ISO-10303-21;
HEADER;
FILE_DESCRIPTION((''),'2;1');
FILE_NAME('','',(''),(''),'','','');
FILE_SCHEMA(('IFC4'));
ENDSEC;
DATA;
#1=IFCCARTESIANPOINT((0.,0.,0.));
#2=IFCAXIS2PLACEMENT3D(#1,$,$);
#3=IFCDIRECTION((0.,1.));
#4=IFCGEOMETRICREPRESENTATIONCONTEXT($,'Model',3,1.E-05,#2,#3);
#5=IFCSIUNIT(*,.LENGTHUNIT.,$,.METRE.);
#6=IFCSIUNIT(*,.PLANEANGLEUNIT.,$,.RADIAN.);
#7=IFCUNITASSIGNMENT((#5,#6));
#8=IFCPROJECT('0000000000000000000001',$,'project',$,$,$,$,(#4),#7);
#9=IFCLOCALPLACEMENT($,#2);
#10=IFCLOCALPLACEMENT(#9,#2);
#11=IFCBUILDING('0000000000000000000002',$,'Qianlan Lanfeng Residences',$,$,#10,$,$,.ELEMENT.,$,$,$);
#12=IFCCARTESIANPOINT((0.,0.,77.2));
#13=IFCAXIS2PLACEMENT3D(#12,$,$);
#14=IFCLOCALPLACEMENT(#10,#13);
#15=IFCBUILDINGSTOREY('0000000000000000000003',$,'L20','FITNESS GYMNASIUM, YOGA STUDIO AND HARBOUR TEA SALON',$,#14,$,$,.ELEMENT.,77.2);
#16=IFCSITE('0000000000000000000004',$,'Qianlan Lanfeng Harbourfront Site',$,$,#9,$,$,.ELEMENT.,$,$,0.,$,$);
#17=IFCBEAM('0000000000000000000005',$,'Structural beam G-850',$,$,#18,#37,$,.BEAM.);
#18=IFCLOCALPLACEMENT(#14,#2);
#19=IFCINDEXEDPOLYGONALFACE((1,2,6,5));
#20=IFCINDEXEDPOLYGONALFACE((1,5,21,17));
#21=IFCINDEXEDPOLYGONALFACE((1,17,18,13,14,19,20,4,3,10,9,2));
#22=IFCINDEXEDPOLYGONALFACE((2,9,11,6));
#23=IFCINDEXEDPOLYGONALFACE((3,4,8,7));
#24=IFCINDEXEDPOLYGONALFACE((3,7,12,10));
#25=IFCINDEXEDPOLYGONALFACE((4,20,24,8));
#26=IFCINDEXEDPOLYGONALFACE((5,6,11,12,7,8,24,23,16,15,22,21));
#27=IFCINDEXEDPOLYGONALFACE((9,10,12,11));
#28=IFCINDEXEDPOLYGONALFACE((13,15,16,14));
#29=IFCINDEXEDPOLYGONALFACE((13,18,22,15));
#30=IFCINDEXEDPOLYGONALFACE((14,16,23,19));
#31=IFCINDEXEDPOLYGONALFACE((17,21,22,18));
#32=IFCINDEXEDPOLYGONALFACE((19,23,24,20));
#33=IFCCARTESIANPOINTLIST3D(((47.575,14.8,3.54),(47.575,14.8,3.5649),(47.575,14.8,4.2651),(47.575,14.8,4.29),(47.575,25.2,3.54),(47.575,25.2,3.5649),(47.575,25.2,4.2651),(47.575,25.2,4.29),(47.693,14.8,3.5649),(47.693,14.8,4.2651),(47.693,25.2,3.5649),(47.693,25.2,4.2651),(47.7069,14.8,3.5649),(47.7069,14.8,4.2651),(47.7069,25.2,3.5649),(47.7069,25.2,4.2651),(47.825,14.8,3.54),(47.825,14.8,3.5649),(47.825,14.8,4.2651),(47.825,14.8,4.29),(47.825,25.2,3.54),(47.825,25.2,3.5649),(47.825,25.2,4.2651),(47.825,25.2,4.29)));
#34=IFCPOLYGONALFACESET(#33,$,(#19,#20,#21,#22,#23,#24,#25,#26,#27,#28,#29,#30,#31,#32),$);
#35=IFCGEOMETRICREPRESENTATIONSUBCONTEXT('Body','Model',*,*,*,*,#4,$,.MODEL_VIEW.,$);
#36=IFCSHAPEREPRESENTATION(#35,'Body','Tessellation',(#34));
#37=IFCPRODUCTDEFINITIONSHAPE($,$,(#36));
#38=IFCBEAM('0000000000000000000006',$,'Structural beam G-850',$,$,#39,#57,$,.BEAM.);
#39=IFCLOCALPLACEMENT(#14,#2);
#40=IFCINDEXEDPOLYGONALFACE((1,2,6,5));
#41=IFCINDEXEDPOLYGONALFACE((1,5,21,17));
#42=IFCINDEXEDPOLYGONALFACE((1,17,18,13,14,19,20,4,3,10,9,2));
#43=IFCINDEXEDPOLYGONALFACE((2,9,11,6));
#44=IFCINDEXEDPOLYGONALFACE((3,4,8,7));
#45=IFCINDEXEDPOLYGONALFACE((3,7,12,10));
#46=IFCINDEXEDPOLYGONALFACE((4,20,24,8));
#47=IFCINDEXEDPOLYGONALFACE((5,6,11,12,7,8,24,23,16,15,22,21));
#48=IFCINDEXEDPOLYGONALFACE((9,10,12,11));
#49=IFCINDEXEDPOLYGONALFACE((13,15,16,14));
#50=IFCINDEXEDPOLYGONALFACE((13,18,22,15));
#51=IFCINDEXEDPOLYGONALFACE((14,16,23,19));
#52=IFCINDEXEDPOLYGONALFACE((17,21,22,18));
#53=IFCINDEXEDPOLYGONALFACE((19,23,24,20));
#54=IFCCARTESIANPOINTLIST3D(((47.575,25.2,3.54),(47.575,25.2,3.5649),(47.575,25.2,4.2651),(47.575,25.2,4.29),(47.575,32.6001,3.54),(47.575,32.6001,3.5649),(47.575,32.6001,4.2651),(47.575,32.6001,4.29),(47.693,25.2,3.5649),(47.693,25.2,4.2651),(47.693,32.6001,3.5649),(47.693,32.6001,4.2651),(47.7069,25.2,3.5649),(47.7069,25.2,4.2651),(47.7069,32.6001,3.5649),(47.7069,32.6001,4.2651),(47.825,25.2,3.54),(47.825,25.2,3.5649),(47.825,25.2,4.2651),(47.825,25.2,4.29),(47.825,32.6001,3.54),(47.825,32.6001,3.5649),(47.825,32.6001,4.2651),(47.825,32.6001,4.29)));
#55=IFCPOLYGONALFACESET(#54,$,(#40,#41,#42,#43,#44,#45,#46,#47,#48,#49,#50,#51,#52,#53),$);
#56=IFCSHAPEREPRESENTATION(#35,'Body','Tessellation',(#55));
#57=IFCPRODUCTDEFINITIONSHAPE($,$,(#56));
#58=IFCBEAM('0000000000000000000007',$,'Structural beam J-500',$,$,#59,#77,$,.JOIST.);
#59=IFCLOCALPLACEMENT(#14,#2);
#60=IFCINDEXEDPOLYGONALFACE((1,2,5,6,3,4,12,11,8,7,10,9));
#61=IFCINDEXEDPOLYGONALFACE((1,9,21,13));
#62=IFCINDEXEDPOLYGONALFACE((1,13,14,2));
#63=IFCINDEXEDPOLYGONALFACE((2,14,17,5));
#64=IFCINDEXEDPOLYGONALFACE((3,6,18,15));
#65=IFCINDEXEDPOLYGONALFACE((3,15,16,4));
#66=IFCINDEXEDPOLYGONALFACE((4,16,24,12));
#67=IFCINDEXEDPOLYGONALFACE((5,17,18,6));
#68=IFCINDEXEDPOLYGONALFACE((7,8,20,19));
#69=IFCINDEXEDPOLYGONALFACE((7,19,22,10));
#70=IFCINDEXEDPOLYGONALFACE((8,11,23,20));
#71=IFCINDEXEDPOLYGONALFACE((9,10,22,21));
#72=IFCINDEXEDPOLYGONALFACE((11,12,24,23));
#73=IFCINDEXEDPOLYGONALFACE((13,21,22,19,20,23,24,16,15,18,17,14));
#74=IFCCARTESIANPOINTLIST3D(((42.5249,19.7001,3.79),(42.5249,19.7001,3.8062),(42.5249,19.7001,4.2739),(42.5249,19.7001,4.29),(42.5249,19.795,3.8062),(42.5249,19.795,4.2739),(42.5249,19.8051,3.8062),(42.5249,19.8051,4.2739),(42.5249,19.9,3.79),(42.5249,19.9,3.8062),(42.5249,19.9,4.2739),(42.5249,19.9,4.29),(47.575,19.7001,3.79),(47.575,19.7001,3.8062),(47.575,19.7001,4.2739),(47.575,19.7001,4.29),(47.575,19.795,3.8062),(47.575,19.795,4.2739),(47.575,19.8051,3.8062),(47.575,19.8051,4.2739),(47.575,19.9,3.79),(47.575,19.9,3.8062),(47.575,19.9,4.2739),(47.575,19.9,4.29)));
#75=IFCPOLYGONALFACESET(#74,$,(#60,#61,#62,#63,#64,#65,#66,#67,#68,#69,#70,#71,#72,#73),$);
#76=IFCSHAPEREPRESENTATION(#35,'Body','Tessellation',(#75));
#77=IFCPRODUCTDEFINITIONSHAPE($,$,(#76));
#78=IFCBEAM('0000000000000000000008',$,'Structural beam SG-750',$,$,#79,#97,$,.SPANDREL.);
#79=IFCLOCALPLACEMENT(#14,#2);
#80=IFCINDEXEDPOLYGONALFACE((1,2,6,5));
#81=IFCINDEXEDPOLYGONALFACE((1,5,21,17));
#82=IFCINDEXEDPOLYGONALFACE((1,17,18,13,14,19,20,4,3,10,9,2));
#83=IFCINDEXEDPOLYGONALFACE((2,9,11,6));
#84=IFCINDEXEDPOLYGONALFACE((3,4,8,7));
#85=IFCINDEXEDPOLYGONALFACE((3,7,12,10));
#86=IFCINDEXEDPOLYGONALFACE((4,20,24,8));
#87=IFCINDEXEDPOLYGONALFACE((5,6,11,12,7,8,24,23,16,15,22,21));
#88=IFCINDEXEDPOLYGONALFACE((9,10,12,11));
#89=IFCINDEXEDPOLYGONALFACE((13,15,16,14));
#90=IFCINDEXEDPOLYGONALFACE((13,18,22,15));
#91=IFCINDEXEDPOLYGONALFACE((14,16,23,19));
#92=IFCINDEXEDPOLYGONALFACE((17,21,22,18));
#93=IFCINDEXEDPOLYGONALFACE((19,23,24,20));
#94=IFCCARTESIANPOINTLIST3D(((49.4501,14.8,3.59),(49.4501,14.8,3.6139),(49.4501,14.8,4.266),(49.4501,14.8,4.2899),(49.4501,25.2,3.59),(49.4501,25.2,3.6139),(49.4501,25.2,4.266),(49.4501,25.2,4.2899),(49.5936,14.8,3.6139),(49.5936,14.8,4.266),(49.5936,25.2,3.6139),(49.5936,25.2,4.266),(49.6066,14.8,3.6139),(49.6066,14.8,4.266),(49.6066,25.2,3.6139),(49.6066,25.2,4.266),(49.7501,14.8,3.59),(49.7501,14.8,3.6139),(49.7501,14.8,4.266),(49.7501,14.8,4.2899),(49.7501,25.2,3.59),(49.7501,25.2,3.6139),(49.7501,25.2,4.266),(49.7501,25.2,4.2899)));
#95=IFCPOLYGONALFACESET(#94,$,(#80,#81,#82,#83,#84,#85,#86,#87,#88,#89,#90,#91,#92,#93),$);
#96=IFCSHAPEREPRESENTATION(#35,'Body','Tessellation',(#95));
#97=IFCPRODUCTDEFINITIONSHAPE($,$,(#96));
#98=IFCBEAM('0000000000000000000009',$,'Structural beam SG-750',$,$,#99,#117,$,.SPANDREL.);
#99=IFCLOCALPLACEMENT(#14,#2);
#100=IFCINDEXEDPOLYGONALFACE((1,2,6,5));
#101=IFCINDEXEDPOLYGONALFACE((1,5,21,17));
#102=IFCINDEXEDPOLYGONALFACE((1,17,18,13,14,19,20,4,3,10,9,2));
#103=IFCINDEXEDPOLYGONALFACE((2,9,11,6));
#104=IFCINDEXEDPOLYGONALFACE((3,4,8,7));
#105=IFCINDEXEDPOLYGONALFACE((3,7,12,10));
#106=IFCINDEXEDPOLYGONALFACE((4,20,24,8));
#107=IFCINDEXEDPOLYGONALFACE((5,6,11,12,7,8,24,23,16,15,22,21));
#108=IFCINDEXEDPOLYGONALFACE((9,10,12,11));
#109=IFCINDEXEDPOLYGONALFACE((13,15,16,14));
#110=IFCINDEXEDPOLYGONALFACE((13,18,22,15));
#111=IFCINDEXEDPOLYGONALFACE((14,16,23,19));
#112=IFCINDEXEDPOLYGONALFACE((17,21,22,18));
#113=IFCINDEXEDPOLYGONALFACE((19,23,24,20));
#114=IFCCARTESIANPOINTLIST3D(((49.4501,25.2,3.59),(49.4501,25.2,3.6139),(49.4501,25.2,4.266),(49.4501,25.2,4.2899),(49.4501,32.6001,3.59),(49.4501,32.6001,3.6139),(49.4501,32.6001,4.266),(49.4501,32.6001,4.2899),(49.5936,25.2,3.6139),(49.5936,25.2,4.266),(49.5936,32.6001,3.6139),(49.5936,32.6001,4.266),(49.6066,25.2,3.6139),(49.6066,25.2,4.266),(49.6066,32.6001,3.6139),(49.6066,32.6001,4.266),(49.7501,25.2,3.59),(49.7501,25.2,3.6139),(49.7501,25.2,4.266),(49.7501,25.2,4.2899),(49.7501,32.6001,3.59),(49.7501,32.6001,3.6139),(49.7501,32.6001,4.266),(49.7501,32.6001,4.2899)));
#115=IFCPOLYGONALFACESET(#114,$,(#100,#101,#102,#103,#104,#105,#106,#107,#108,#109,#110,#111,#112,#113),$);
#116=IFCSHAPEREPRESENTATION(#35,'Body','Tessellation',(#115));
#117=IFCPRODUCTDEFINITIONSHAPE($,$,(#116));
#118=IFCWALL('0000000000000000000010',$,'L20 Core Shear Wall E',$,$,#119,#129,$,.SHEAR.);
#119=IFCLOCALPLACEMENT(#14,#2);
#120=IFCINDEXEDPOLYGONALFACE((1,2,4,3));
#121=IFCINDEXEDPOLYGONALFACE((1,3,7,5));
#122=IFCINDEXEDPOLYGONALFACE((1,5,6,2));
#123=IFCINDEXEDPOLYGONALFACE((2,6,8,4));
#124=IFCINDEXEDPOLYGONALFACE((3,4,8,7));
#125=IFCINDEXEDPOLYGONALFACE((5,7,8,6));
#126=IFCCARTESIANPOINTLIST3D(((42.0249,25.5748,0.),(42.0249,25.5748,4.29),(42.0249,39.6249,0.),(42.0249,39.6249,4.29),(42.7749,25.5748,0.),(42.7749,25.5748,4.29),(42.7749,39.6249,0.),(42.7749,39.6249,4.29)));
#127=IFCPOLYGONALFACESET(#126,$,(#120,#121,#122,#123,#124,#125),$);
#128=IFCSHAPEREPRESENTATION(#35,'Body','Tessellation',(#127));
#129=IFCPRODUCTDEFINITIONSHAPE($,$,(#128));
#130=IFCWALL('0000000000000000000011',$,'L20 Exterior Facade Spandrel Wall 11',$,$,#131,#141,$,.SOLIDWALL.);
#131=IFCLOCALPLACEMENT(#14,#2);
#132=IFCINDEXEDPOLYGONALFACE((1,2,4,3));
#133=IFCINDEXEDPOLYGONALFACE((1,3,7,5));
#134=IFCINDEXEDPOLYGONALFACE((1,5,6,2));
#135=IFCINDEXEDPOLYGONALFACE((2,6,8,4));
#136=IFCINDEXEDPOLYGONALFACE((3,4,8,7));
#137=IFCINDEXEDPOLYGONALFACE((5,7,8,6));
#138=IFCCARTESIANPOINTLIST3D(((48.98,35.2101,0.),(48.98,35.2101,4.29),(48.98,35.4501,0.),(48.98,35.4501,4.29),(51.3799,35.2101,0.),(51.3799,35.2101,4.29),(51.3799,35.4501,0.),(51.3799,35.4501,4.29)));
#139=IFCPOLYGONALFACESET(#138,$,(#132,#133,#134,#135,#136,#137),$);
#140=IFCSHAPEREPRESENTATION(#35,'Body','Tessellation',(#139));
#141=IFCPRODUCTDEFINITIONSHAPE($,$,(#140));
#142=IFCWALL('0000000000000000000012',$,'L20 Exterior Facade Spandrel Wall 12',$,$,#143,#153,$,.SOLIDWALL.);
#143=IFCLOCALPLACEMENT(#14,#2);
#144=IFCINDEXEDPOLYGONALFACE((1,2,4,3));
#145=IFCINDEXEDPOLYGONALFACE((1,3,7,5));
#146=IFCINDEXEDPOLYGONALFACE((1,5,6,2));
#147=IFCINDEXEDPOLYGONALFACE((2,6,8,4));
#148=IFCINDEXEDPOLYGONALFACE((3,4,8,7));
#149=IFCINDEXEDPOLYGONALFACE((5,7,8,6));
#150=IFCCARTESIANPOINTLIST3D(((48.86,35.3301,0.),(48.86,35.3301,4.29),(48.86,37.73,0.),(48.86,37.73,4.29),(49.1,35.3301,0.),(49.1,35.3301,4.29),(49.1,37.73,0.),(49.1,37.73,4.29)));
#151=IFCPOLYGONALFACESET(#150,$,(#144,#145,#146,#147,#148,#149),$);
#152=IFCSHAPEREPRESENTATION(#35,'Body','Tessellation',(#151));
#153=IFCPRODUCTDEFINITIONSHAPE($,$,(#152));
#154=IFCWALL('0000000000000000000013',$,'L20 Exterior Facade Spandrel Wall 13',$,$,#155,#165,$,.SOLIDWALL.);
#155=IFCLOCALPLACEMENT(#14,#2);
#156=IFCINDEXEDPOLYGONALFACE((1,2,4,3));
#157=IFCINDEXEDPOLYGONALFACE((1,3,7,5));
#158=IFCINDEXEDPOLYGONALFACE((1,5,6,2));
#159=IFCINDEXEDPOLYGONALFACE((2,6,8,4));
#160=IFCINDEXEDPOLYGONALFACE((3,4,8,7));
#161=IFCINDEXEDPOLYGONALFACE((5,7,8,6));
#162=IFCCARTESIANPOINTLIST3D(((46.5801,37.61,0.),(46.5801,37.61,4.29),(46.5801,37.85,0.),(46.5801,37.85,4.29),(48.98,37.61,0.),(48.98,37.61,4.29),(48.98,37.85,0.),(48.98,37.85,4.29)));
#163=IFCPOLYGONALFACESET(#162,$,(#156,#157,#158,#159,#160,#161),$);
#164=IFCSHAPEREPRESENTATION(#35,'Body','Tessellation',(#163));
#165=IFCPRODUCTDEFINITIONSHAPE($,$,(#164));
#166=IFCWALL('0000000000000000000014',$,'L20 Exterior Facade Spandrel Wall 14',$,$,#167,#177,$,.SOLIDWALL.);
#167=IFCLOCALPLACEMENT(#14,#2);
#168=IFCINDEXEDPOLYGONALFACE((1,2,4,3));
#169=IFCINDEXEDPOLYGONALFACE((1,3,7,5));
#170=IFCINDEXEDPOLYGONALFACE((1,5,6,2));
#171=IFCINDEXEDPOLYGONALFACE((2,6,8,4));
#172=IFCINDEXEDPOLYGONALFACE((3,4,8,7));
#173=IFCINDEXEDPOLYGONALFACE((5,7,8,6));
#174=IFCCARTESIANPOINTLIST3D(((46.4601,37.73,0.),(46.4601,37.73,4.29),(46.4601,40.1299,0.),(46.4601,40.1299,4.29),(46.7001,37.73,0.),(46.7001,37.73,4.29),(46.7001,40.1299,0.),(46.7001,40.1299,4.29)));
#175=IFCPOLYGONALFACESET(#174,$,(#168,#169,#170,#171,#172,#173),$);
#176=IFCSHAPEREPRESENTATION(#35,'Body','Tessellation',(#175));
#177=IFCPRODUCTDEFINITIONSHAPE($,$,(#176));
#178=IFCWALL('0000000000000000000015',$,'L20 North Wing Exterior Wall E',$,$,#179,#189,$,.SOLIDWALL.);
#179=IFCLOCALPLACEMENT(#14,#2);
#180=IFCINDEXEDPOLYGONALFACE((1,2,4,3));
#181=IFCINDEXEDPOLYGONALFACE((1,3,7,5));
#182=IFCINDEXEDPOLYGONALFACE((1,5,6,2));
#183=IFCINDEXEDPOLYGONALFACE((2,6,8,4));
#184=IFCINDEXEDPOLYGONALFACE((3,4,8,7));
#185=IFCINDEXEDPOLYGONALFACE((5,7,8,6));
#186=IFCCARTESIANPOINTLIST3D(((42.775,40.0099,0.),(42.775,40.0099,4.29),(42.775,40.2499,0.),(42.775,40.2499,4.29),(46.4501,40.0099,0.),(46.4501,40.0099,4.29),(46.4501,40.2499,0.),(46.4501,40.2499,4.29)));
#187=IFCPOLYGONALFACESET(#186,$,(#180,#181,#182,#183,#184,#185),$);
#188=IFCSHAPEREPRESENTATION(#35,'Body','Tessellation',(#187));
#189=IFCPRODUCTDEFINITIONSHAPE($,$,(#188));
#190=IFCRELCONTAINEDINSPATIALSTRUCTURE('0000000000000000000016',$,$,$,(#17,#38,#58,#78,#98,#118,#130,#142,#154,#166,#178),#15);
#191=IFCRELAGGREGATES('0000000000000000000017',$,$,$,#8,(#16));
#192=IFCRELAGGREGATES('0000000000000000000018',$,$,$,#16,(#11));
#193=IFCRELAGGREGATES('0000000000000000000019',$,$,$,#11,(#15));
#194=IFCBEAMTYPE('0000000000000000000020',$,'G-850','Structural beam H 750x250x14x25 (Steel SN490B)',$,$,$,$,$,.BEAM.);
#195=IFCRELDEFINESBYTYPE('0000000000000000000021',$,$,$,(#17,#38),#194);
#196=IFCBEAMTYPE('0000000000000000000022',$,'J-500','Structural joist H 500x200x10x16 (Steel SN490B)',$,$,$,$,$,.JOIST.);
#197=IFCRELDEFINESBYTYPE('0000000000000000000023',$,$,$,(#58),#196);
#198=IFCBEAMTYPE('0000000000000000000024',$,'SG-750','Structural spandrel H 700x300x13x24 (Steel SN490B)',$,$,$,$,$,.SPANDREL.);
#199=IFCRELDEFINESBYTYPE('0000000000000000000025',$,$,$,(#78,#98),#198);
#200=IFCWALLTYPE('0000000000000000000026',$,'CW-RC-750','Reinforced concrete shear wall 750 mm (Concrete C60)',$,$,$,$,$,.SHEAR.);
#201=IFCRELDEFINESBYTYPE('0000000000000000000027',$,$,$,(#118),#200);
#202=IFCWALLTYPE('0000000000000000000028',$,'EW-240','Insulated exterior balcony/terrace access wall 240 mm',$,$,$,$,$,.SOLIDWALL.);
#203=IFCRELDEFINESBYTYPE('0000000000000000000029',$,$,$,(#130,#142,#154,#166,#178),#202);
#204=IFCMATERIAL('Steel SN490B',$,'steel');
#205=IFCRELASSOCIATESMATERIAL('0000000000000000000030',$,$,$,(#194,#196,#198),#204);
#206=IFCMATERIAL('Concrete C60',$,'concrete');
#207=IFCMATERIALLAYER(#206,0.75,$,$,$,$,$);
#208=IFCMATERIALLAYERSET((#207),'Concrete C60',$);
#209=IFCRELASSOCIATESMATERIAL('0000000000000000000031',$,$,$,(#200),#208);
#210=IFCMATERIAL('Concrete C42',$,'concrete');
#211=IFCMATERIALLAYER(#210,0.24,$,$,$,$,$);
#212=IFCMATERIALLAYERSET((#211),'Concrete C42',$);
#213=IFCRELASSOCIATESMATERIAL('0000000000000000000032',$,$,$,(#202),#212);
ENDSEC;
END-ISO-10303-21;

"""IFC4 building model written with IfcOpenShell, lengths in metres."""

from ifc_helpers import new_model, si_unit, direction, frame, frame_2d, origin, origin_2d, place, context, subcontext, project, spatial, rectangle, i_section, extrude, material, layer, layer_set, material_profile, profile_set, type_object, element, save


model = new_model("IFC4")

# Units and contexts
model_context = context("Model", 3, precision=1e-05, world=origin(), true_north=direction((0.0, 1.0)))
body_context = subcontext(model_context, "Body", "Model", "MODEL_VIEW")
ifc_project = project(units=[si_unit("LENGTHUNIT", "METRE"), si_unit("PLANEANGLEUNIT", "RADIAN")], contexts=[model_context])

# Site, building, storey
site_placement = place(None, origin())
site = spatial("IfcSite", under=ifc_project, at=site_placement, Name="Qianlan Lanfeng Harbourfront Site", CompositionType="ELEMENT", RefElevation=0.0)
building_placement = place(site_placement, origin())
building = spatial("IfcBuilding", under=site, at=building_placement, Name="Qianlan Lanfeng Residences", CompositionType="ELEMENT")
storey_placement = place(building_placement, frame((0.0, 0.0, 77.2)))
storey = spatial("IfcBuildingStorey", under=building, at=storey_placement, Name="L20", Description="FITNESS GYMNASIUM, YOGA STUDIO AND HARBOUR TEA SALON", CompositionType="ELEMENT", Elevation=77.2)

# Shared definitions
ifc_material_1 = material(Name="Steel SN490B", Category="steel")

# Beams
ifc_material_profile_1 = material_profile(ifc_material_1, i_section(OverallWidth=0.25, OverallDepth=0.75, WebThickness=0.0139, FlangeThickness=0.0249, at=origin_2d()), Name="H 750x250x14x25")
ifc_profile_set_1 = profile_set([ifc_material_profile_1], Name="Steel SN490B")
beam_type_1 = type_object("IfcBeamType", Name="G-850", Description="Structural beam H 750x250x14x25 (Steel SN490B)", PredefinedType="BEAM", material=ifc_profile_set_1)
for number, where, z_axis, x_axis, name in (
    (1, (47.7, 14.8, 3.915), (0.0, 1.0, 0.0), (-1.0, 0.0, 0.0), "Structural beam G-850"),
):
    element("IfcBeam", number, at=place(storey_placement, frame(where, z_axis=z_axis, x_axis=x_axis)), inside=storey, type_object=beam_type_1, Name=name, PredefinedType="BEAM", context=body_context, shape_type="SweptSolid", body=[
        extrude(i_section(OverallWidth=0.25, OverallDepth=0.75, WebThickness=0.0139, FlangeThickness=0.0249, at=origin_2d()), origin(), (0.0, 0.0, 1.0), 10.3999),
    ])
beam_1_placement = place(storey_placement, frame((47.7, 25.2, 3.915), z_axis=(0.0, 1.0, 0.0), x_axis=(-1.0, 0.0, 0.0)))
element("IfcBeam", 2, at=beam_1_placement, inside=storey, type_object=beam_type_1, Name="Structural beam G-850", PredefinedType="BEAM", context=body_context, shape_type="SweptSolid", body=[
    extrude(i_section(OverallWidth=0.25, OverallDepth=0.75, WebThickness=0.0139, FlangeThickness=0.0249, at=origin_2d()), origin(), (0.0, 0.0, 1.0), 7.4001),
])
ifc_material_profile_2 = material_profile(ifc_material_1, i_section(OverallWidth=0.2, OverallDepth=0.5, WebThickness=0.01, FlangeThickness=0.0161, at=origin_2d()), Name="H 500x200x10x16")
ifc_profile_set_2 = profile_set([ifc_material_profile_2], Name="Steel SN490B")
beam_type_2 = type_object("IfcBeamType", Name="J-500", Description="Structural joist H 500x200x10x16 (Steel SN490B)", PredefinedType="JOIST", material=ifc_profile_set_2)
beam_2_placement = place(storey_placement, frame((42.5249, 19.8, 4.04), z_axis=(1.0, 0.0, 0.0), x_axis=(0.0, 1.0, 0.0)))
element("IfcBeam", 3, at=beam_2_placement, inside=storey, type_object=beam_type_2, Name="Structural beam J-500", PredefinedType="JOIST", context=body_context, shape_type="SweptSolid", body=[
    extrude(i_section(OverallWidth=0.2, OverallDepth=0.5, WebThickness=0.01, FlangeThickness=0.0161, at=origin_2d()), origin(), (0.0, 0.0, 1.0), 5.05),
])
ifc_material_profile_3 = material_profile(ifc_material_1, i_section(OverallWidth=0.3, OverallDepth=0.7, WebThickness=0.0129, FlangeThickness=0.0239, at=origin_2d()), Name="H 700x300x13x24")
ifc_profile_set_3 = profile_set([ifc_material_profile_3], Name="Steel SN490B")
beam_type_3 = type_object("IfcBeamType", Name="SG-750", Description="Structural spandrel H 700x300x13x24 (Steel SN490B)", PredefinedType="SPANDREL", material=ifc_profile_set_3)
beam_3_placement = place(storey_placement, frame((49.6001, 14.8, 3.9399), z_axis=(0.0, 1.0, 0.0), x_axis=(-1.0, 0.0, 0.0)))
element("IfcBeam", 4, at=beam_3_placement, inside=storey, type_object=beam_type_3, Name="Structural beam SG-750", PredefinedType="SPANDREL", context=body_context, shape_type="SweptSolid", body=[
    extrude(i_section(OverallWidth=0.3, OverallDepth=0.7, WebThickness=0.0129, FlangeThickness=0.0239, at=origin_2d()), origin(), (0.0, 0.0, 1.0), 10.3999),
])
beam_4_placement = place(storey_placement, frame((49.6001, 25.2, 3.9399), z_axis=(0.0, 1.0, 0.0), x_axis=(-1.0, 0.0, 0.0)))
element("IfcBeam", 5, at=beam_4_placement, inside=storey, type_object=beam_type_3, Name="Structural beam SG-750", PredefinedType="SPANDREL", context=body_context, shape_type="SweptSolid", body=[
    extrude(i_section(OverallWidth=0.3, OverallDepth=0.7, WebThickness=0.0129, FlangeThickness=0.0239, at=origin_2d()), origin(), (0.0, 0.0, 1.0), 7.4001),
])

# Walls
ifc_material_2 = material(Name="Concrete C60", Category="concrete")
ifc_layer_1 = layer(ifc_material_2, 0.75)
ifc_layer_set_1 = layer_set([ifc_layer_1], Name="Concrete C60")
wall_type_1 = type_object("IfcWallType", Name="CW-RC-750", Description="Reinforced concrete shear wall 750 mm (Concrete C60)", PredefinedType="SHEAR", material=ifc_layer_set_1)
wall_1_placement = place(storey_placement, frame((42.3999, 25.575, 0.0), z_axis=(0.0, 0.0, 1.0), x_axis=(0.0, 1.0, 0.0)))
element("IfcWall", 6, at=wall_1_placement, inside=storey, type_object=wall_type_1, Name="L20 Core Shear Wall E", PredefinedType="SHEAR", context=body_context, shape_type="SweptSolid", body=[
    extrude(rectangle(XDim=14.05, YDim=0.75, at=frame_2d((7.0249, 0.0))), origin(), (0.0, 0.0, 1.0), 4.29),
])
ifc_material_3 = material(Name="Concrete C42", Category="concrete")
ifc_layer_2 = layer(ifc_material_3, 0.24)
ifc_layer_set_2 = layer_set([ifc_layer_2], Name="Concrete C42")
wall_type_2 = type_object("IfcWallType", Name="EW-240", Description="Insulated exterior balcony/terrace access wall 240 mm", PredefinedType="SOLIDWALL", material=ifc_layer_set_2)
for number, where, z_axis, x_axis, name in (
    (7, (51.3799, 35.3301, 0.0), (0.0, 0.0, 1.0), (-1.0, 0.0, 0.0), "L20 Exterior Facade Spandrel Wall 11"),
    (8, (48.98, 35.3301, 0.0), (0.0, 0.0, 1.0), (0.0, 1.0, 0.0), "L20 Exterior Facade Spandrel Wall 12"),
    (9, (48.98, 37.73, 0.0), (0.0, 0.0, 1.0), (-1.0, 0.0, 0.0), "L20 Exterior Facade Spandrel Wall 13"),
    (10, (46.5801, 37.73, 0.0), (0.0, 0.0, 1.0), (0.0, 1.0, 0.0), "L20 Exterior Facade Spandrel Wall 14"),
):
    element("IfcWall", number, at=place(storey_placement, frame(where, z_axis=z_axis, x_axis=x_axis)), inside=storey, type_object=wall_type_2, Name=name, PredefinedType="SOLIDWALL", context=body_context, shape_type="SweptSolid", body=[
        extrude(rectangle(XDim=2.3999, YDim=0.24, at=frame_2d((1.2, 0.0))), origin(), (0.0, 0.0, 1.0), 4.29),
    ])
wall_2_placement = place(storey_placement, frame((46.45, 40.1299, 0.0), z_axis=(0.0, 0.0, 1.0), x_axis=(-1.0, 0.0, 0.0)))
element("IfcWall", 11, at=wall_2_placement, inside=storey, type_object=wall_type_2, Name="L20 North Wing Exterior Wall E", PredefinedType="SOLIDWALL", context=body_context, shape_type="SweptSolid", body=[
    extrude(rectangle(XDim=3.675, YDim=0.24, at=frame_2d((1.8374, 0.0))), origin(), (0.0, 0.0, 1.0), 4.29),
])

save(model, "model.ifc")
